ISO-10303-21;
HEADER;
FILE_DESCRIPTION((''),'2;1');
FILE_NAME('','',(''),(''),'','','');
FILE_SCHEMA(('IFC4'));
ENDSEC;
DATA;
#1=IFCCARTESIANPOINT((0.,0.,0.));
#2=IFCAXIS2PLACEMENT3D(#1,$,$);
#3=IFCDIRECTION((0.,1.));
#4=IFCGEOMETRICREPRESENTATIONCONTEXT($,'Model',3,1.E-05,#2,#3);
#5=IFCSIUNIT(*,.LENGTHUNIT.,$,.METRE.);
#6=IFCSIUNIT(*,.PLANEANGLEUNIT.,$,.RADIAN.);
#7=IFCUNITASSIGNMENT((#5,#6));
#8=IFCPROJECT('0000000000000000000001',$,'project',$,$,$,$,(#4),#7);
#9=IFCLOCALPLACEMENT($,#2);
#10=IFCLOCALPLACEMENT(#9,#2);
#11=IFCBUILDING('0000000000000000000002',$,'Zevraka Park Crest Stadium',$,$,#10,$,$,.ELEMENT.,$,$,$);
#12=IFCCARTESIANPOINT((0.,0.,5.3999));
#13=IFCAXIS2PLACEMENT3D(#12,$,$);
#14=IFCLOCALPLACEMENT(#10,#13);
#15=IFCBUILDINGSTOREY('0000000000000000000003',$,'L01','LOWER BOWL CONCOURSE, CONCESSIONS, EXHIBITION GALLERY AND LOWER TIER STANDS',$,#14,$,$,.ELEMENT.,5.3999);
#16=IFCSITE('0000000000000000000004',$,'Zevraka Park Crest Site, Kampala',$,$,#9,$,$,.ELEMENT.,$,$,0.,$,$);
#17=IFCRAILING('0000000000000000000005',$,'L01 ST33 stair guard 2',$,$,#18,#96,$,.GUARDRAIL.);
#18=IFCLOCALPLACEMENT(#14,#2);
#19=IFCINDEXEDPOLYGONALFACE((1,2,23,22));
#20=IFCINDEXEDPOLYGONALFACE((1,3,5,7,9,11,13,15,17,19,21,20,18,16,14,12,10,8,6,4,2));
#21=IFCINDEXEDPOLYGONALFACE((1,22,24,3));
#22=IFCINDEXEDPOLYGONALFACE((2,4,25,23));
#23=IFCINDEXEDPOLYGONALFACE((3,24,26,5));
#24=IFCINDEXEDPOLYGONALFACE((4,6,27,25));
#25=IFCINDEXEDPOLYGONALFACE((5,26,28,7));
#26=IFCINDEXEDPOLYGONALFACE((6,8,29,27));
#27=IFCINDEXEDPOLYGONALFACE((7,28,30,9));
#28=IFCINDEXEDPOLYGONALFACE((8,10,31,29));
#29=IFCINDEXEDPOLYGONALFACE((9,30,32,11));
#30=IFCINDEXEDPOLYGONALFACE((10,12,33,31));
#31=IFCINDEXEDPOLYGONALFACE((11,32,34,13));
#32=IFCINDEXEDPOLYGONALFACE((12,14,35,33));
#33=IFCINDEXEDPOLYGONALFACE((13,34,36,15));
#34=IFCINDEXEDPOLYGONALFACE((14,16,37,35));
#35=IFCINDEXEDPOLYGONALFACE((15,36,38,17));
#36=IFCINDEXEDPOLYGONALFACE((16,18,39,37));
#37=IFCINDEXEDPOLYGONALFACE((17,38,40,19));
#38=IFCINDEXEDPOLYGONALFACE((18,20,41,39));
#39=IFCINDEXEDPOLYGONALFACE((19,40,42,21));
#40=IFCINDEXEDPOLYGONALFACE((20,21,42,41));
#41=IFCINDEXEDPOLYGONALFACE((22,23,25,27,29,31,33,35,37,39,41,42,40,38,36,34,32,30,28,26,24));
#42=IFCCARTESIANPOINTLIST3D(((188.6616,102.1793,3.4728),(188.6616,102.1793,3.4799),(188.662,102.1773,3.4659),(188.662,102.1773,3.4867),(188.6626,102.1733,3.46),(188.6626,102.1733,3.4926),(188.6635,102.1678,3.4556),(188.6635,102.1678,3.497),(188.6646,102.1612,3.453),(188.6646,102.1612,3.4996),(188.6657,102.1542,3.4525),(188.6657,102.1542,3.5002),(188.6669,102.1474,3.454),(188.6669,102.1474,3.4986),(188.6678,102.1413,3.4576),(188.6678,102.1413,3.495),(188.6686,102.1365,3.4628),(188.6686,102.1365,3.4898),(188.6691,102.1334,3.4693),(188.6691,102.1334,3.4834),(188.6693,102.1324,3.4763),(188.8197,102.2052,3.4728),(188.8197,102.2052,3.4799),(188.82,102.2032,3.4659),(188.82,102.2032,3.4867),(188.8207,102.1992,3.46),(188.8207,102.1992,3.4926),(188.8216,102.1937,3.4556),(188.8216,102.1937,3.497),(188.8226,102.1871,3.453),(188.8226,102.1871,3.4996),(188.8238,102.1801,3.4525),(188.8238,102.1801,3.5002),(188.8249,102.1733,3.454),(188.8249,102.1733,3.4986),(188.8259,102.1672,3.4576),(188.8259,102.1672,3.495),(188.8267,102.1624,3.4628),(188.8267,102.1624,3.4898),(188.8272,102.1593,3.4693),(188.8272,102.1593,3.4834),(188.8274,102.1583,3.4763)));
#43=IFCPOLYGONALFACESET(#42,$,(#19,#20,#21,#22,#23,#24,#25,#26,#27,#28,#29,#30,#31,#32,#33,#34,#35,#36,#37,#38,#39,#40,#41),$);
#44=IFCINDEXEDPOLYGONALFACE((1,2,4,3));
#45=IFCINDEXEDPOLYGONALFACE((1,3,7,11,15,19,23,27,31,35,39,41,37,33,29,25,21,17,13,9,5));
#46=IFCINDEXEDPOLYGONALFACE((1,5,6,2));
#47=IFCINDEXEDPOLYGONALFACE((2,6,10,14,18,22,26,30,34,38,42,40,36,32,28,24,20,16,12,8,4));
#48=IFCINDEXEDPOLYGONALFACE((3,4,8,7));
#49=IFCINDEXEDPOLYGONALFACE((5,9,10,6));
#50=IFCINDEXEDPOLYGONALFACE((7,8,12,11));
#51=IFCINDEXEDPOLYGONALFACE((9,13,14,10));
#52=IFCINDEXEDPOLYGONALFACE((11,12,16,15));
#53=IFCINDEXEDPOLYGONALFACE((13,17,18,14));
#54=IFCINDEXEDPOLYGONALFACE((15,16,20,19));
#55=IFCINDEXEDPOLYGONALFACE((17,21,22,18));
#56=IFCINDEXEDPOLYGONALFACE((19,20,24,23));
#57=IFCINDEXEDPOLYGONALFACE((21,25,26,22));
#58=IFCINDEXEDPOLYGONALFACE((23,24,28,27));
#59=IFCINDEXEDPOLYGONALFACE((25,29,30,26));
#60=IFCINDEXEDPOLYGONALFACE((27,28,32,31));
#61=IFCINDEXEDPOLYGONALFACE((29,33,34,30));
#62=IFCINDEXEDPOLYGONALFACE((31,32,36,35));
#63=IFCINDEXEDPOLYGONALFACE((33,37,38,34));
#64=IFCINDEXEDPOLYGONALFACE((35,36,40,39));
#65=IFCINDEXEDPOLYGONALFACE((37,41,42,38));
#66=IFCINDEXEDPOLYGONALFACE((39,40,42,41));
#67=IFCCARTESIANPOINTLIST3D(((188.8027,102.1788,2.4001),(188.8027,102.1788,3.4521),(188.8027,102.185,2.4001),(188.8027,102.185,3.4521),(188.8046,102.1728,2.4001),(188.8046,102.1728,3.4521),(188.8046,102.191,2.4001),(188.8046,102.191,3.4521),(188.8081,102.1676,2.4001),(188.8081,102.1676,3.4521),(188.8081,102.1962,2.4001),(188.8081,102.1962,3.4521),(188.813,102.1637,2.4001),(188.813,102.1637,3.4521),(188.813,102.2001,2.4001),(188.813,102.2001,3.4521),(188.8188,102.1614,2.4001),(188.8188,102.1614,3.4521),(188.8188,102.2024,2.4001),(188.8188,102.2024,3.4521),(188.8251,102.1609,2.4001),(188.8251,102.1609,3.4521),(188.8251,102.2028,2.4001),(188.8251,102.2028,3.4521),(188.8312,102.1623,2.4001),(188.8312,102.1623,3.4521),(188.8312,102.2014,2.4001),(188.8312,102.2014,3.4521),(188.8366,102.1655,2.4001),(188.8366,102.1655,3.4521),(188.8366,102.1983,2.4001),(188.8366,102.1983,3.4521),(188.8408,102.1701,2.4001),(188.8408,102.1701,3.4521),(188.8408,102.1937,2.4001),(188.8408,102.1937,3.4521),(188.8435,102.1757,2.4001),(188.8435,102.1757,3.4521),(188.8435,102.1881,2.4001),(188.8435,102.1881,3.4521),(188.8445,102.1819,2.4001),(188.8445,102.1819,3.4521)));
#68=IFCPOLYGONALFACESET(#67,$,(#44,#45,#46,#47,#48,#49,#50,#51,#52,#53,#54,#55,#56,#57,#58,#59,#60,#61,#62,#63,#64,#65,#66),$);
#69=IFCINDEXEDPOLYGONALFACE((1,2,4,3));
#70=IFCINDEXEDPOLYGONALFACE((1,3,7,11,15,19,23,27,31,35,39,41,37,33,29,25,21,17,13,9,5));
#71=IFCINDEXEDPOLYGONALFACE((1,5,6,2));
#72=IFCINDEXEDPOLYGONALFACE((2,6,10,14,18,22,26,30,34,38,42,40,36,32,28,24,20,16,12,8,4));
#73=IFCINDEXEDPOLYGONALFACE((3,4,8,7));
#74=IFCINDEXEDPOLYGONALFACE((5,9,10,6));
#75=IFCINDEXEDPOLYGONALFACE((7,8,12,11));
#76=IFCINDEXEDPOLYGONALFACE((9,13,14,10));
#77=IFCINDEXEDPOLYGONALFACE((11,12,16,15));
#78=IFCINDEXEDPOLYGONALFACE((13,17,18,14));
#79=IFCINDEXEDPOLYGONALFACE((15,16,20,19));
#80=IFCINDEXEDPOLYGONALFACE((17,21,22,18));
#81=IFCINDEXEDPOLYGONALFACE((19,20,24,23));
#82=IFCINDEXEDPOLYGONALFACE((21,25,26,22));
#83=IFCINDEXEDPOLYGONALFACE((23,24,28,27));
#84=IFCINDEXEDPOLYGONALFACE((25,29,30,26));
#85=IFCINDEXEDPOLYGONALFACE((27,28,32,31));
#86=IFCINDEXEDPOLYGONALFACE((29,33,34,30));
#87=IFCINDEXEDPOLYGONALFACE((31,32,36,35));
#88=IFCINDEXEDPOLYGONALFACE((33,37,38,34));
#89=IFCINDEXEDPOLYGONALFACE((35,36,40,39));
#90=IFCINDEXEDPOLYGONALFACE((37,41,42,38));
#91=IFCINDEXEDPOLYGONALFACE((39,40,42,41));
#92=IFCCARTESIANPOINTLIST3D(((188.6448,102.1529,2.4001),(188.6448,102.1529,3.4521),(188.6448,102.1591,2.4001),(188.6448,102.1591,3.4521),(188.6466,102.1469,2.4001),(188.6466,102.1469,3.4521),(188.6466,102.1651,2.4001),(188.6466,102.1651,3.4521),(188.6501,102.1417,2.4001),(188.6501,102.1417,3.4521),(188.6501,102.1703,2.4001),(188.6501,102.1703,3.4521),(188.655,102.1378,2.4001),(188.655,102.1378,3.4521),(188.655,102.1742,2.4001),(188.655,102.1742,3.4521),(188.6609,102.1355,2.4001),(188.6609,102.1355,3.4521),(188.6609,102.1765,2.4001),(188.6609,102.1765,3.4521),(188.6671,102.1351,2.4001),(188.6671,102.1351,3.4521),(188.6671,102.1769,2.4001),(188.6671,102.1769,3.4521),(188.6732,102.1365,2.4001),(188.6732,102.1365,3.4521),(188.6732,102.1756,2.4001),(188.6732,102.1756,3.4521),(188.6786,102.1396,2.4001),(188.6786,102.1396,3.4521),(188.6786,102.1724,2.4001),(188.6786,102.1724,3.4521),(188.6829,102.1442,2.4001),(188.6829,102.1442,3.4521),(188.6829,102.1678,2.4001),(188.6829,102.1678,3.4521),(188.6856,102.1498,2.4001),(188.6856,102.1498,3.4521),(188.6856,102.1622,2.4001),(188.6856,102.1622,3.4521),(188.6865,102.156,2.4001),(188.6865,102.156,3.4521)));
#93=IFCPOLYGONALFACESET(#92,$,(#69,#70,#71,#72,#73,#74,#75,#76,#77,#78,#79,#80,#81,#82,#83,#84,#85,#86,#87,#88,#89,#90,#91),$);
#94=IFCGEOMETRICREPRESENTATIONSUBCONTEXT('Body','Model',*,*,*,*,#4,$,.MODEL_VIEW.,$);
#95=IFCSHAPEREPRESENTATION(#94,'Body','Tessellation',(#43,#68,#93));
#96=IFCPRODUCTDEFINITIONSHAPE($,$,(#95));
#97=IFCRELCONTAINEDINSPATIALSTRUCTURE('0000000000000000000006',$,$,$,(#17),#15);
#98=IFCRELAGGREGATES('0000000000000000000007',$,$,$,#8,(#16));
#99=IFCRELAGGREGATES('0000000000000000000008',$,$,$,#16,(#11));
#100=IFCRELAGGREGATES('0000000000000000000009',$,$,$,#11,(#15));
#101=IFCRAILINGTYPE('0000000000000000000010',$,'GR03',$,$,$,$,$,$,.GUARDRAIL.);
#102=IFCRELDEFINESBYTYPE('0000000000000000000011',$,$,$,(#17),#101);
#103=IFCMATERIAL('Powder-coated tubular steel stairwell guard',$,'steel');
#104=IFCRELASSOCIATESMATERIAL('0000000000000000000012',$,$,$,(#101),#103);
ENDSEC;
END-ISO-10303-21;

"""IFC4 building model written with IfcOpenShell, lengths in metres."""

from ifc_helpers import new_model, si_unit, direction, frame, origin, origin_2d, place, context, subcontext, project, spatial, circle, extrude, material, type_object, element, save


model = new_model("IFC4")

# Units and contexts
model_context = context("Model", 3, precision=1e-05, world=origin(), true_north=direction((0.0, 1.0)))
body_context = subcontext(model_context, "Body", "Model", "MODEL_VIEW")
ifc_project = project(units=[si_unit("LENGTHUNIT", "METRE"), si_unit("PLANEANGLEUNIT", "RADIAN")], contexts=[model_context])

# Site, building, storey
site_placement = place(None, origin())
site = spatial("IfcSite", under=ifc_project, at=site_placement, Name="Zevraka Park Crest Site, Kampala", CompositionType="ELEMENT", RefElevation=0.0)
building_placement = place(site_placement, origin())
building = spatial("IfcBuilding", under=site, at=building_placement, Name="Zevraka Park Crest Stadium", CompositionType="ELEMENT")
storey_placement = place(building_placement, frame((0.0, 0.0, 5.3999)))
storey = spatial("IfcBuildingStorey", under=building, at=storey_placement, Name="L01", Description="LOWER BOWL CONCOURSE, CONCESSIONS, EXHIBITION GALLERY AND LOWER TIER STANDS", CompositionType="ELEMENT", Elevation=5.3999)

# Railing
ifc_material_1 = material(Name="Powder-coated tubular steel stairwell guard", Category="steel")
railing_type_1 = type_object("IfcRailingType", Name="GR03", PredefinedType="GUARDRAIL", material=ifc_material_1)
railing_1_placement = place(storey_placement, frame((188.8235, 102.1819, 2.4001)))
element("IfcRailing", 1, at=railing_1_placement, inside=storey, type_object=railing_type_1, Name="L01 ST33 stair guard 2", PredefinedType="GUARDRAIL", context=body_context, shape_type="SweptSolid", body=[
    extrude(circle(Radius=0.0239, at=origin_2d()), frame((0.0, 0.0, 1.0762), z_axis=(-0.986844, -0.161678, 0.0), x_axis=(0.161678, -0.986844, 0.0)), (0.0, 0.0, 1.0), 0.1602),
    extrude(circle(Radius=0.021, at=origin_2d()), origin(), (0.0, 0.0, 1.0), 1.052),
    extrude(circle(Radius=0.021, at=origin_2d()), frame((-0.158, -0.0259, 0.0)), (0.0, 0.0, 1.0), 1.052),
])

save(model, "model.ifc")
